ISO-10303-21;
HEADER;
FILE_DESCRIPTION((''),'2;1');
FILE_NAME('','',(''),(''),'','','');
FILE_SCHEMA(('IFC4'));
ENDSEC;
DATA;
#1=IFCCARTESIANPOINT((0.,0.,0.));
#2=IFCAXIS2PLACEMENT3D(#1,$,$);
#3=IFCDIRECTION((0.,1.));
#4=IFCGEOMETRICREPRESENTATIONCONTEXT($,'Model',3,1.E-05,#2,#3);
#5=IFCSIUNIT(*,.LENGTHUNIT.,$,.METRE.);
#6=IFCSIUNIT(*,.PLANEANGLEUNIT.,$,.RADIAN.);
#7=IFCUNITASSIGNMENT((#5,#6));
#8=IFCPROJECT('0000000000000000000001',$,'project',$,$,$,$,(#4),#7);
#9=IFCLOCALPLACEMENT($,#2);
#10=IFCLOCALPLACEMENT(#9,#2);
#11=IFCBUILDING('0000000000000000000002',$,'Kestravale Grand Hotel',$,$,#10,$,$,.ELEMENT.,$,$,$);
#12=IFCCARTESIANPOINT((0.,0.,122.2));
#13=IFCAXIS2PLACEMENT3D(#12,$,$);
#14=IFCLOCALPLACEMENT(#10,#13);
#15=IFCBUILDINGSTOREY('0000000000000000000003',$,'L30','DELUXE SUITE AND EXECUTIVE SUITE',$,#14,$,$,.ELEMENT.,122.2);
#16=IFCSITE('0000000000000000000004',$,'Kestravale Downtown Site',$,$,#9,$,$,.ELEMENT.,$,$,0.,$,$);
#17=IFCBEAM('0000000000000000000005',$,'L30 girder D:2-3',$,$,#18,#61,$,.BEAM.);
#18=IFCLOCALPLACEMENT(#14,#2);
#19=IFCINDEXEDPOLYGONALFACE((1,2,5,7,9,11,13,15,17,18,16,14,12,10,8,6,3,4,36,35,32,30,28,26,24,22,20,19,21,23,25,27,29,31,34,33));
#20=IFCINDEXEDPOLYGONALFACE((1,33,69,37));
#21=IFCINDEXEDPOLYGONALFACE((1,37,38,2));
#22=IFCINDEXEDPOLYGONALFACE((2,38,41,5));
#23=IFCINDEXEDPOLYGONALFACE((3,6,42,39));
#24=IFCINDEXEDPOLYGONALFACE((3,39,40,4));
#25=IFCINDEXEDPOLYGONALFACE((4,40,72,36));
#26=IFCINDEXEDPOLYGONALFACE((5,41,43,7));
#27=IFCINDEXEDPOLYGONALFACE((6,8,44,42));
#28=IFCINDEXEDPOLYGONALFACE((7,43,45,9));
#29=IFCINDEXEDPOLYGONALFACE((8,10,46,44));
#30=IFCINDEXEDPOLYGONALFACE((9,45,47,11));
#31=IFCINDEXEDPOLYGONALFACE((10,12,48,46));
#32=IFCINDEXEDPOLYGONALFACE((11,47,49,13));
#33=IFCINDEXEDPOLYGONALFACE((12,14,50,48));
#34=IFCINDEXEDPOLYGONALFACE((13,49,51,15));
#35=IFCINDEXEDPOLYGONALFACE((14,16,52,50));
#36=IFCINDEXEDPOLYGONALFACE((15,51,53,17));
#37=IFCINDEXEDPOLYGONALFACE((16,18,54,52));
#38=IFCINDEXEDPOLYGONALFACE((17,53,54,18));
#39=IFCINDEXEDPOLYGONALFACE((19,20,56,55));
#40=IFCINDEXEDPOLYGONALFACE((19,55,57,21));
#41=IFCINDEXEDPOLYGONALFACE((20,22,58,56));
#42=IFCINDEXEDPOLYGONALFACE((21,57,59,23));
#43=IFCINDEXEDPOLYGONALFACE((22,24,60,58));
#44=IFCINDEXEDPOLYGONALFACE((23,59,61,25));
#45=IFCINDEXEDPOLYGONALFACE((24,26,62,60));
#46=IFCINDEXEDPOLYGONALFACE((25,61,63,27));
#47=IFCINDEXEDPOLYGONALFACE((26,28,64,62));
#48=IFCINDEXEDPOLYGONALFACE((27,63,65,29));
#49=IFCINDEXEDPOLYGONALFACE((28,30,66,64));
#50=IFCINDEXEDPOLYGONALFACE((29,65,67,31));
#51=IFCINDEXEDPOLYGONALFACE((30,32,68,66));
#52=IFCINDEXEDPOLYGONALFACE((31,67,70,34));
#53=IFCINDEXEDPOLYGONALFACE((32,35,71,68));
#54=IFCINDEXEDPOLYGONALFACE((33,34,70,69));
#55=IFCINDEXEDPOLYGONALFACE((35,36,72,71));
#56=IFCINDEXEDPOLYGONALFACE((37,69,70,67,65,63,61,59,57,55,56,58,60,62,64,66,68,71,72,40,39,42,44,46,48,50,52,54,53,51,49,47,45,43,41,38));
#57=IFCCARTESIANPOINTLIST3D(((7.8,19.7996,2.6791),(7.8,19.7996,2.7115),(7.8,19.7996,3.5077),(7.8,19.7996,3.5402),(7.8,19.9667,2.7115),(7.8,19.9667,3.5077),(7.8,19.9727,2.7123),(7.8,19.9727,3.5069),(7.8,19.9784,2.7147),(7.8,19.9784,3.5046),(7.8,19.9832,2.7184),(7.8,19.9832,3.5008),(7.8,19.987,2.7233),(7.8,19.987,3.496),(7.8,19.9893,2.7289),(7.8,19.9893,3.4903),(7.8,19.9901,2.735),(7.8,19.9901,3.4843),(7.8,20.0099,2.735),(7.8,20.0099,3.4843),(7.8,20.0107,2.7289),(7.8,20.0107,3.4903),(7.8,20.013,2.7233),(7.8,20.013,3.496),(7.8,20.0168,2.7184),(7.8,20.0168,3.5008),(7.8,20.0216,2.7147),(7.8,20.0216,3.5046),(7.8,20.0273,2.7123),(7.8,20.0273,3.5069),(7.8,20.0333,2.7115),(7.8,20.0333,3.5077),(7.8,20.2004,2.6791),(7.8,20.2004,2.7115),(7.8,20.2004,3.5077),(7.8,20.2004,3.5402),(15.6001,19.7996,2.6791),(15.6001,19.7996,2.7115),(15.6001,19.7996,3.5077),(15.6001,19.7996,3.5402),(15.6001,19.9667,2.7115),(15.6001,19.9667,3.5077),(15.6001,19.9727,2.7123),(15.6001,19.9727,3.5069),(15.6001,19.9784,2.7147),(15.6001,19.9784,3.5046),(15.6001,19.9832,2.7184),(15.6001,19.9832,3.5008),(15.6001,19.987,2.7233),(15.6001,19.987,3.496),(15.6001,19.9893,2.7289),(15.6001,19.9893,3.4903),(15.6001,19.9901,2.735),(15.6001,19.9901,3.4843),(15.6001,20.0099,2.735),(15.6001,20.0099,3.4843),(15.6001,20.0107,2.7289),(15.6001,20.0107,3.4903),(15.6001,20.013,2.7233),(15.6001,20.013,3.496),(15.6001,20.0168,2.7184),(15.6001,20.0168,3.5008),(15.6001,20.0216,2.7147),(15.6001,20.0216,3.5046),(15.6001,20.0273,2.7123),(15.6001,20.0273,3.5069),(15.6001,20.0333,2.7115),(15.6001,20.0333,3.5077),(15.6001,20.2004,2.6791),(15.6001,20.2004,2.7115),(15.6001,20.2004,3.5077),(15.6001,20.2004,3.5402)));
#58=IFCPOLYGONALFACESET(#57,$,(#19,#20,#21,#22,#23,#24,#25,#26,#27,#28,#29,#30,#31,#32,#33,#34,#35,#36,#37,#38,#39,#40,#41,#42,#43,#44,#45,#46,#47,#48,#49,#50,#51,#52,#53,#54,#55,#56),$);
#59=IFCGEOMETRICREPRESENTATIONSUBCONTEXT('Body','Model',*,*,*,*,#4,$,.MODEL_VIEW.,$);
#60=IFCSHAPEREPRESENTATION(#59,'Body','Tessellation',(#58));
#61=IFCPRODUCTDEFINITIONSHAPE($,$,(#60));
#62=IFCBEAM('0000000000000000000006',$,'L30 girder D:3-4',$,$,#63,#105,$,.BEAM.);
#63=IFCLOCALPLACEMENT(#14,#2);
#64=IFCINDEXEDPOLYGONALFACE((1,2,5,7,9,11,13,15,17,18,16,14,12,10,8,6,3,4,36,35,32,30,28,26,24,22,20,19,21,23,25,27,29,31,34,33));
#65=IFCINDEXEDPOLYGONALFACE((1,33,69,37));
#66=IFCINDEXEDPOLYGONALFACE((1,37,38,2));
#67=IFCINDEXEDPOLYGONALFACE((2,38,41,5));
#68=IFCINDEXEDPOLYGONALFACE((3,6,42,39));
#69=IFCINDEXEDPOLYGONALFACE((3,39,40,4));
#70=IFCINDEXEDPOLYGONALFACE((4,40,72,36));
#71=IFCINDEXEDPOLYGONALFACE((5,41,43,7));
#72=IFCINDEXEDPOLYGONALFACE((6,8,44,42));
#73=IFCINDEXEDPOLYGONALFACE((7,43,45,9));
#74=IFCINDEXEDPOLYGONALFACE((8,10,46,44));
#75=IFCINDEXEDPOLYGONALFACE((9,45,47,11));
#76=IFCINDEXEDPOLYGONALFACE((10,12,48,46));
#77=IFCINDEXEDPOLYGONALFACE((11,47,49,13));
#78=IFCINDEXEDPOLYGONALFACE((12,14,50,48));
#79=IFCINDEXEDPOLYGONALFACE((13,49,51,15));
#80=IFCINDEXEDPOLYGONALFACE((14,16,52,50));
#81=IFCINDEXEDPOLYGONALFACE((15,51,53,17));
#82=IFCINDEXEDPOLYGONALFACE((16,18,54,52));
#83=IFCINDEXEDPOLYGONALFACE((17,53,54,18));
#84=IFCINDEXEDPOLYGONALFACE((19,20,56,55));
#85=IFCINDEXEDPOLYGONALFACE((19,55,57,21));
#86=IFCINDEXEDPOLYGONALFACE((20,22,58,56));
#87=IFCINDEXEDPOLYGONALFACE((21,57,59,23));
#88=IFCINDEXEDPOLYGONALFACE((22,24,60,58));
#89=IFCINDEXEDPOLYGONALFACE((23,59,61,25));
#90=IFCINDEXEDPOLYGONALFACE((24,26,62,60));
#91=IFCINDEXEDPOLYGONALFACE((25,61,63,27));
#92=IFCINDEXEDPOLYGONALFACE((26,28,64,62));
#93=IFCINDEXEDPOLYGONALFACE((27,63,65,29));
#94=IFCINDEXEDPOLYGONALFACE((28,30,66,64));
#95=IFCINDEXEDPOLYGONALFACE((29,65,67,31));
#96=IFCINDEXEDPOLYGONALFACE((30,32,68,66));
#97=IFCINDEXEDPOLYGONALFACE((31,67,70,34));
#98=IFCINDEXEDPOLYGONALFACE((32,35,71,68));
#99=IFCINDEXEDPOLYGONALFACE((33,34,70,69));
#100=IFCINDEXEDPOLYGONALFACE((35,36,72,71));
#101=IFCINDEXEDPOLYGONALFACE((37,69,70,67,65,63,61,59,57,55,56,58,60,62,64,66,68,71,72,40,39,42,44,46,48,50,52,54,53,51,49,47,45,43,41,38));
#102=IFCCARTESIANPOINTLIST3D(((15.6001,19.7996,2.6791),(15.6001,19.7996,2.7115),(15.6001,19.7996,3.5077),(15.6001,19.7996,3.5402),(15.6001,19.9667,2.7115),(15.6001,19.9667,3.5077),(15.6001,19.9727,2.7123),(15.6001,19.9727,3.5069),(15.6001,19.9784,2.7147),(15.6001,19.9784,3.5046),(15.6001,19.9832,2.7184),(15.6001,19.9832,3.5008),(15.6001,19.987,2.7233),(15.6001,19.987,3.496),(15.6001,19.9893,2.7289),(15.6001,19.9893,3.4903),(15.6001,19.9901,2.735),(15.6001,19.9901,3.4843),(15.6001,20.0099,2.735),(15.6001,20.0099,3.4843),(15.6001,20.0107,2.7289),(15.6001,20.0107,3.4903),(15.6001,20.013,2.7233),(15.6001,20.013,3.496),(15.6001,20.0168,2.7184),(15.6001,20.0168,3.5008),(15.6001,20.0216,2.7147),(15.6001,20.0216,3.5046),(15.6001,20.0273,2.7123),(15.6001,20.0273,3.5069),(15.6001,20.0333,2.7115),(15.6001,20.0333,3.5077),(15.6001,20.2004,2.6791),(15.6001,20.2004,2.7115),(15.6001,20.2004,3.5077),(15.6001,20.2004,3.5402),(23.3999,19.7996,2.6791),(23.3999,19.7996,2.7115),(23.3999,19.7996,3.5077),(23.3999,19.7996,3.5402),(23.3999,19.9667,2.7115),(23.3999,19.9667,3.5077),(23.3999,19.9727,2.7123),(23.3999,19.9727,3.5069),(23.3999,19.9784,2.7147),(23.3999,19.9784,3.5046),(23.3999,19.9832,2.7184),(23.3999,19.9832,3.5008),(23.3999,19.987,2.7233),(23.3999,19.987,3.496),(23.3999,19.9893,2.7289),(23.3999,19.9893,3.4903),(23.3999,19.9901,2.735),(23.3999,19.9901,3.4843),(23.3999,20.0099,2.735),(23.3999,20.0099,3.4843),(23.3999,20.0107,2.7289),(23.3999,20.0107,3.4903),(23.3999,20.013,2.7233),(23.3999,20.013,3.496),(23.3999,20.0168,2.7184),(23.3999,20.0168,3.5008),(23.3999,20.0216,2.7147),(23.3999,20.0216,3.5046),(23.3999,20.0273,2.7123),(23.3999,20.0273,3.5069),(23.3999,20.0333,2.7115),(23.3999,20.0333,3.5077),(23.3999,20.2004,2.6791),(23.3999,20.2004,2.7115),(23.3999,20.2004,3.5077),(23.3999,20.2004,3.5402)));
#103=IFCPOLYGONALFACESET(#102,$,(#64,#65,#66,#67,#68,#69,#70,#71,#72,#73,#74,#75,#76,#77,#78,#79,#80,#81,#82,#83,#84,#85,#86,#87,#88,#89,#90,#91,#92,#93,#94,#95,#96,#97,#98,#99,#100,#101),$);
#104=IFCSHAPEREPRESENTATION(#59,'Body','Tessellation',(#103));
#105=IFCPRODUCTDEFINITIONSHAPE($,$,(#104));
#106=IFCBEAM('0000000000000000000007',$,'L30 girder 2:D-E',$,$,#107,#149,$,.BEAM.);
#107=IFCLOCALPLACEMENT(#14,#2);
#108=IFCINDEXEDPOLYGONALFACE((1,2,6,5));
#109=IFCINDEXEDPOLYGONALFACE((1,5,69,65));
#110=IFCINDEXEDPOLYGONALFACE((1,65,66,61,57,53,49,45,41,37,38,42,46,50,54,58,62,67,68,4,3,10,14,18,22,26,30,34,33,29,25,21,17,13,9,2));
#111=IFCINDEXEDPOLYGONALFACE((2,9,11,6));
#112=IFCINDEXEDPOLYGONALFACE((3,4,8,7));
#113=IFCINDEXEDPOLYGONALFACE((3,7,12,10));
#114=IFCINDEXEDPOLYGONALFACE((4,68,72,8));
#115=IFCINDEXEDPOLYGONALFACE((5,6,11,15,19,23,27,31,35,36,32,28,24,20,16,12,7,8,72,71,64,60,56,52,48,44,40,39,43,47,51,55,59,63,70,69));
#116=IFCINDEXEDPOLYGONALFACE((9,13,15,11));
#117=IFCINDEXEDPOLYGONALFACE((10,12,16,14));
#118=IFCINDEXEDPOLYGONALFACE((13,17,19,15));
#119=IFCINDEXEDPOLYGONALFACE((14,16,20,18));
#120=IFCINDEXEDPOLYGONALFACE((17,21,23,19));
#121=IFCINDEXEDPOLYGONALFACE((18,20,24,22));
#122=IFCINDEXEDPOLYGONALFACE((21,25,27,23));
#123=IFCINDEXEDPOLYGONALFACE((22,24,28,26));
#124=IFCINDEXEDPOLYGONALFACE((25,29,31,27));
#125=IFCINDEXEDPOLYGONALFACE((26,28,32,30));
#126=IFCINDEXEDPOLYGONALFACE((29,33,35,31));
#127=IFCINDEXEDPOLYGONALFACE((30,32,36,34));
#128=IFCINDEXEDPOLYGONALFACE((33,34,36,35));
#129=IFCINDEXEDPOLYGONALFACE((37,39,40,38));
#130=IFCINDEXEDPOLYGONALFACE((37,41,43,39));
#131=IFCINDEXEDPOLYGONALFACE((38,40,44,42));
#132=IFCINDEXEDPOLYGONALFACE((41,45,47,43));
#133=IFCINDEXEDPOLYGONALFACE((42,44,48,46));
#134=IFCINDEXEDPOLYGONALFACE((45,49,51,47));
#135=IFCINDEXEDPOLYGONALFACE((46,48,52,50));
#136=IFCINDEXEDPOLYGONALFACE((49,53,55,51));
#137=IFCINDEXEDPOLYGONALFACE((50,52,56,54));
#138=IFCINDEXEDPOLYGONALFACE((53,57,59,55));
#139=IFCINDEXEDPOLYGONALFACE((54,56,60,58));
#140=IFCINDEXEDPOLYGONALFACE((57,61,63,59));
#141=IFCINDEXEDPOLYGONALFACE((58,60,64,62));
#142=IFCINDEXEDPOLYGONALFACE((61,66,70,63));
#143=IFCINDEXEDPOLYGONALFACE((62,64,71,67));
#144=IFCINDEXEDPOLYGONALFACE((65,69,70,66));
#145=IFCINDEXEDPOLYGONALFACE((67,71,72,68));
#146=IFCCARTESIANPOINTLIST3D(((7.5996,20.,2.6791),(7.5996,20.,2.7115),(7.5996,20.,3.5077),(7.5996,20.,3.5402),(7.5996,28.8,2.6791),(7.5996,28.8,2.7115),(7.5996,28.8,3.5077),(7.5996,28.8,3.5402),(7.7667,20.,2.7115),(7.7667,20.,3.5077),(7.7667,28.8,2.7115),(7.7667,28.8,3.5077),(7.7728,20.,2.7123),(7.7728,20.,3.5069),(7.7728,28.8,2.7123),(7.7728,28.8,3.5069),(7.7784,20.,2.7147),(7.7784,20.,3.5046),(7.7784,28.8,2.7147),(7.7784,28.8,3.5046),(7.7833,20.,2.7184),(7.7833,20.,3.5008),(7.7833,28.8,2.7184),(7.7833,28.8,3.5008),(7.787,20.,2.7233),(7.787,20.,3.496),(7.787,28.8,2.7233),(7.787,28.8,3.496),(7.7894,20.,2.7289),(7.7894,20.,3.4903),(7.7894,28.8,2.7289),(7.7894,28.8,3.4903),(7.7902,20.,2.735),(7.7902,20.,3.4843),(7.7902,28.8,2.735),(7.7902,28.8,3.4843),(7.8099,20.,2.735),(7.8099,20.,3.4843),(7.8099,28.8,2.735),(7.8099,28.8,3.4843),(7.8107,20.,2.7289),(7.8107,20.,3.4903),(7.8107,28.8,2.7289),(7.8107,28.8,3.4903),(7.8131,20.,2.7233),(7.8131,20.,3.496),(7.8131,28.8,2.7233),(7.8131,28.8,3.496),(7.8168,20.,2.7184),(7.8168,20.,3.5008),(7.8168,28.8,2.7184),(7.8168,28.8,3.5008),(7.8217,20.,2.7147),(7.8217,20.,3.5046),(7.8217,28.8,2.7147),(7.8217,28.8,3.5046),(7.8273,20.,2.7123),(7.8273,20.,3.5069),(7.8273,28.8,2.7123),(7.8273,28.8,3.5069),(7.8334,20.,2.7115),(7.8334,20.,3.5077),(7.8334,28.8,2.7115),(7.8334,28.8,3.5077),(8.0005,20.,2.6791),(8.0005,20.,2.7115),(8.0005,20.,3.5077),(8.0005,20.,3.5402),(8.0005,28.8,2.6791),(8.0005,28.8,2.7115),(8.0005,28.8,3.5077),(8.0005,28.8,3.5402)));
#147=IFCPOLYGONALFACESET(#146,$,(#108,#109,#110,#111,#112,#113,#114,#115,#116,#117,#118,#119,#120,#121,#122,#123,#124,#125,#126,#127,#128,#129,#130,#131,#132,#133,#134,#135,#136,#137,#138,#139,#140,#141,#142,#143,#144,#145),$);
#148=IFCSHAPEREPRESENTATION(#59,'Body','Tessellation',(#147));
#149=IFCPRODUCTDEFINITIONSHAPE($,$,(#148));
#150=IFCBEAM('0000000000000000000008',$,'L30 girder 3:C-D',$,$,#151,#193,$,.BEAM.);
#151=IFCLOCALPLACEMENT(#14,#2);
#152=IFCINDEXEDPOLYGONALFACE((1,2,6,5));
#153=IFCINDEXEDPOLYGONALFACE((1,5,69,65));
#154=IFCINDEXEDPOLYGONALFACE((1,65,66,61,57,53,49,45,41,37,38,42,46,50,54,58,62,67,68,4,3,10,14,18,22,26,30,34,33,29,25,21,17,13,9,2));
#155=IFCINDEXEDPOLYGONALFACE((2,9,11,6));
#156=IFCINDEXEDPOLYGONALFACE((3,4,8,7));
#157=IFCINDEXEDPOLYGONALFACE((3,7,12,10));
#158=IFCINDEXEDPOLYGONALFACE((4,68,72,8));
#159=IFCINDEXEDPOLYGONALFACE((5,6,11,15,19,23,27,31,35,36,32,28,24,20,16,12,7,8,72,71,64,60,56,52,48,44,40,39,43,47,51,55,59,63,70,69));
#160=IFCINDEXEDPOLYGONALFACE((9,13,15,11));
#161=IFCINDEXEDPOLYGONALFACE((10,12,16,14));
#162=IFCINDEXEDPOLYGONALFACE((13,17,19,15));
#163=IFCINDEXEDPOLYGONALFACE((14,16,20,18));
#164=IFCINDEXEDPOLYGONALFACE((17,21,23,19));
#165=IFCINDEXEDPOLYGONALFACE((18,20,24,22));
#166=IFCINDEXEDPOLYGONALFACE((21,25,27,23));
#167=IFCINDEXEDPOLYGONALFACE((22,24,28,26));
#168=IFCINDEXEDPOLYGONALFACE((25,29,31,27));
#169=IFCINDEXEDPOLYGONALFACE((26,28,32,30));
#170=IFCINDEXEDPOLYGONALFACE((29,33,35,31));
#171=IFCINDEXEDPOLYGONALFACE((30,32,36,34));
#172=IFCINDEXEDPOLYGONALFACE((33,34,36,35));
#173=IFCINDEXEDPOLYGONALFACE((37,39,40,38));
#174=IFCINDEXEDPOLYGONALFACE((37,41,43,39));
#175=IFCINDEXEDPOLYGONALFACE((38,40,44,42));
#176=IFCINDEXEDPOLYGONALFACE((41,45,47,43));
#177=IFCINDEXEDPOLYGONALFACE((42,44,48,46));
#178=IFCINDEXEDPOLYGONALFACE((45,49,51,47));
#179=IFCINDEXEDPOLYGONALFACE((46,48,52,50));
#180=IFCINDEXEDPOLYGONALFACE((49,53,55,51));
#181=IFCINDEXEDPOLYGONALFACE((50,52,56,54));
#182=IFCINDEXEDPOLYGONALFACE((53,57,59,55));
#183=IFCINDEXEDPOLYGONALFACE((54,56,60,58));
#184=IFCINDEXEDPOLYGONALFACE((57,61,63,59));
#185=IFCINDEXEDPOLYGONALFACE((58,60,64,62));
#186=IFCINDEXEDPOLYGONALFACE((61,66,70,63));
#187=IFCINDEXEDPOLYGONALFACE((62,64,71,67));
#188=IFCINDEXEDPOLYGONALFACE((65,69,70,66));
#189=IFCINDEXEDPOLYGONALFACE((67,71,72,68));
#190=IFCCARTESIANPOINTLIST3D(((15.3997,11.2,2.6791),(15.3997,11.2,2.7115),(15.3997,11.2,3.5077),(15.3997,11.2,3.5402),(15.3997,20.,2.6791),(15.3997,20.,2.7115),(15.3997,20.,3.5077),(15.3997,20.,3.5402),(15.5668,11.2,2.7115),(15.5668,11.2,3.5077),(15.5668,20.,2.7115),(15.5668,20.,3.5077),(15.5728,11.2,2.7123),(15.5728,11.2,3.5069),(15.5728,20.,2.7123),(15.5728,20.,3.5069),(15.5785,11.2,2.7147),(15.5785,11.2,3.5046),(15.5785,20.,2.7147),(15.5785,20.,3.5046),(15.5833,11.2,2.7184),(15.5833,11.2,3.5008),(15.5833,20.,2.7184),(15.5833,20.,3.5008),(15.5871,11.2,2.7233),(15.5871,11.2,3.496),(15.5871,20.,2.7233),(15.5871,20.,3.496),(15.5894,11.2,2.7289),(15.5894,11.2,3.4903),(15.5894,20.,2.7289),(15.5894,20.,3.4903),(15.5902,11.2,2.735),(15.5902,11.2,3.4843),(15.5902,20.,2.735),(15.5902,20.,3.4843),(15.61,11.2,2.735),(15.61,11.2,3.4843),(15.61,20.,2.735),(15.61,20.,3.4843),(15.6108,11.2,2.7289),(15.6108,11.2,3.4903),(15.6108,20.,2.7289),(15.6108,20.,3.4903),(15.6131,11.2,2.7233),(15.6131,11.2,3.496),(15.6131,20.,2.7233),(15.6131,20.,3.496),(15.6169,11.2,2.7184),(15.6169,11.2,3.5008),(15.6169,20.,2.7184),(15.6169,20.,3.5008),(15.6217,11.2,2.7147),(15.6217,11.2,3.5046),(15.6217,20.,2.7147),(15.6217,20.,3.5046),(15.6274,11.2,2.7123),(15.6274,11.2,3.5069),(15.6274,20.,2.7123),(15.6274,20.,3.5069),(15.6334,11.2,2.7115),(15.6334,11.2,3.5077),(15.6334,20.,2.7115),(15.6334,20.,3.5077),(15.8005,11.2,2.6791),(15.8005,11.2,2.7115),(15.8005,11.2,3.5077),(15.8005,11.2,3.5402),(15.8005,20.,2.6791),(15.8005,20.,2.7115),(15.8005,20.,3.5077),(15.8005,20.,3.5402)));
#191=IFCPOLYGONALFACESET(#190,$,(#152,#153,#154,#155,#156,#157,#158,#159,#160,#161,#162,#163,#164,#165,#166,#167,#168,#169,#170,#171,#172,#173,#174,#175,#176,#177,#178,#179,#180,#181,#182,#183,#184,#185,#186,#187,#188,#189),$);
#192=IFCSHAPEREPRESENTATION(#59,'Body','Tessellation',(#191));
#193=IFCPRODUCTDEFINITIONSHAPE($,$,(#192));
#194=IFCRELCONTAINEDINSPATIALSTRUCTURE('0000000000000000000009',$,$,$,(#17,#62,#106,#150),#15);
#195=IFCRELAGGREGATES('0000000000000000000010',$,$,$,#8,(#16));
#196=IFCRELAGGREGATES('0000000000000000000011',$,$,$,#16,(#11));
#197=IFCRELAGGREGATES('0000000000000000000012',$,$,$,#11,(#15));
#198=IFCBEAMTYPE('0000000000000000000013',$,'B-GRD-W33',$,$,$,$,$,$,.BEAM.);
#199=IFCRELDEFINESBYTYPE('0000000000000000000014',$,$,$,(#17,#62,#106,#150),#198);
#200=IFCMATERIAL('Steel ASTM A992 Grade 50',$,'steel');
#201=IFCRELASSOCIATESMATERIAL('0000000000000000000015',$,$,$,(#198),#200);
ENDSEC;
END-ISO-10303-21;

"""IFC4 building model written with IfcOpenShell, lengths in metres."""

from ifc_helpers import new_model, si_unit, direction, frame, origin, origin_2d, place, context, subcontext, project, spatial, i_section, extrude, material, material_profile, profile_set, type_object, element, save


model = new_model("IFC4")

# Units and contexts
model_context = context("Model", 3, precision=1e-05, world=origin(), true_north=direction((0.0, 1.0)))
body_context = subcontext(model_context, "Body", "Model", "MODEL_VIEW")
ifc_project = project(units=[si_unit("LENGTHUNIT", "METRE"), si_unit("PLANEANGLEUNIT", "RADIAN")], contexts=[model_context])

# Site, building, storey
site_placement = place(None, origin())
site = spatial("IfcSite", under=ifc_project, at=site_placement, Name="Kestravale Downtown Site", CompositionType="ELEMENT", RefElevation=0.0)
building_placement = place(site_placement, origin())
building = spatial("IfcBuilding", under=site, at=building_placement, Name="Kestravale Grand Hotel", CompositionType="ELEMENT")
storey_placement = place(building_placement, frame((0.0, 0.0, 122.2)))
storey = spatial("IfcBuildingStorey", under=building, at=storey_placement, Name="L30", Description="DELUXE SUITE AND EXECUTIVE SUITE", CompositionType="ELEMENT", Elevation=122.2)

# Beams
ifc_material_1 = material(Name="Steel ASTM A992 Grade 50", Category="steel")
ifc_material_profile_1 = material_profile(ifc_material_1, i_section(OverallWidth=0.4009, OverallDepth=0.8611, WebThickness=0.0198, FlangeThickness=0.0325, FilletRadius=0.0234, at=origin_2d()))
ifc_profile_set_1 = profile_set([ifc_material_profile_1], Name="Steel ASTM A992 Grade 50")
beam_type_1 = type_object("IfcBeamType", Name="B-GRD-W33", PredefinedType="BEAM", material=ifc_profile_set_1)
beam_1_placement = place(storey_placement, frame((7.8, 20.0, 3.1096), z_axis=(1.0, 0.0, 0.0), x_axis=(0.0, 1.0, 0.0)))
element("IfcBeam", 1, at=beam_1_placement, inside=storey, type_object=beam_type_1, Name="L30 girder D:2-3", PredefinedType="BEAM", context=body_context, shape_type="SweptSolid", body=[
    extrude(i_section(OverallWidth=0.4009, OverallDepth=0.8611, WebThickness=0.0198, FlangeThickness=0.0325, FilletRadius=0.0234, at=origin_2d()), origin(), (0.0, 0.0, 1.0), 7.8),
])
beam_2_placement = place(storey_placement, frame((15.6001, 20.0, 3.1096), z_axis=(1.0, 0.0, 0.0), x_axis=(0.0, 1.0, 0.0)))
element("IfcBeam", 2, at=beam_2_placement, inside=storey, type_object=beam_type_1, Name="L30 girder D:3-4", PredefinedType="BEAM", context=body_context, shape_type="SweptSolid", body=[
    extrude(i_section(OverallWidth=0.4009, OverallDepth=0.8611, WebThickness=0.0198, FlangeThickness=0.0325, FilletRadius=0.0234, at=origin_2d()), origin(), (0.0, 0.0, 1.0), 7.7998),
])
for number, where, z_axis, x_axis, name in (
    (3, (7.8, 20.0, 3.1096), (0.0, 1.0, 0.0), (-1.0, 0.0, 0.0), "L30 girder 2:D-E"),
    (4, (15.6001, 11.2, 3.1096), (0.0, 1.0, 0.0), (-1.0, 0.0, 0.0), "L30 girder 3:C-D"),
):
    element("IfcBeam", number, at=place(storey_placement, frame(where, z_axis=z_axis, x_axis=x_axis)), inside=storey, type_object=beam_type_1, Name=name, PredefinedType="BEAM", context=body_context, shape_type="SweptSolid", body=[
        extrude(i_section(OverallWidth=0.4009, OverallDepth=0.8611, WebThickness=0.0198, FlangeThickness=0.0325, FilletRadius=0.0234, at=origin_2d()), origin(), (0.0, 0.0, 1.0), 8.8),
    ])

save(model, "model.ifc")
